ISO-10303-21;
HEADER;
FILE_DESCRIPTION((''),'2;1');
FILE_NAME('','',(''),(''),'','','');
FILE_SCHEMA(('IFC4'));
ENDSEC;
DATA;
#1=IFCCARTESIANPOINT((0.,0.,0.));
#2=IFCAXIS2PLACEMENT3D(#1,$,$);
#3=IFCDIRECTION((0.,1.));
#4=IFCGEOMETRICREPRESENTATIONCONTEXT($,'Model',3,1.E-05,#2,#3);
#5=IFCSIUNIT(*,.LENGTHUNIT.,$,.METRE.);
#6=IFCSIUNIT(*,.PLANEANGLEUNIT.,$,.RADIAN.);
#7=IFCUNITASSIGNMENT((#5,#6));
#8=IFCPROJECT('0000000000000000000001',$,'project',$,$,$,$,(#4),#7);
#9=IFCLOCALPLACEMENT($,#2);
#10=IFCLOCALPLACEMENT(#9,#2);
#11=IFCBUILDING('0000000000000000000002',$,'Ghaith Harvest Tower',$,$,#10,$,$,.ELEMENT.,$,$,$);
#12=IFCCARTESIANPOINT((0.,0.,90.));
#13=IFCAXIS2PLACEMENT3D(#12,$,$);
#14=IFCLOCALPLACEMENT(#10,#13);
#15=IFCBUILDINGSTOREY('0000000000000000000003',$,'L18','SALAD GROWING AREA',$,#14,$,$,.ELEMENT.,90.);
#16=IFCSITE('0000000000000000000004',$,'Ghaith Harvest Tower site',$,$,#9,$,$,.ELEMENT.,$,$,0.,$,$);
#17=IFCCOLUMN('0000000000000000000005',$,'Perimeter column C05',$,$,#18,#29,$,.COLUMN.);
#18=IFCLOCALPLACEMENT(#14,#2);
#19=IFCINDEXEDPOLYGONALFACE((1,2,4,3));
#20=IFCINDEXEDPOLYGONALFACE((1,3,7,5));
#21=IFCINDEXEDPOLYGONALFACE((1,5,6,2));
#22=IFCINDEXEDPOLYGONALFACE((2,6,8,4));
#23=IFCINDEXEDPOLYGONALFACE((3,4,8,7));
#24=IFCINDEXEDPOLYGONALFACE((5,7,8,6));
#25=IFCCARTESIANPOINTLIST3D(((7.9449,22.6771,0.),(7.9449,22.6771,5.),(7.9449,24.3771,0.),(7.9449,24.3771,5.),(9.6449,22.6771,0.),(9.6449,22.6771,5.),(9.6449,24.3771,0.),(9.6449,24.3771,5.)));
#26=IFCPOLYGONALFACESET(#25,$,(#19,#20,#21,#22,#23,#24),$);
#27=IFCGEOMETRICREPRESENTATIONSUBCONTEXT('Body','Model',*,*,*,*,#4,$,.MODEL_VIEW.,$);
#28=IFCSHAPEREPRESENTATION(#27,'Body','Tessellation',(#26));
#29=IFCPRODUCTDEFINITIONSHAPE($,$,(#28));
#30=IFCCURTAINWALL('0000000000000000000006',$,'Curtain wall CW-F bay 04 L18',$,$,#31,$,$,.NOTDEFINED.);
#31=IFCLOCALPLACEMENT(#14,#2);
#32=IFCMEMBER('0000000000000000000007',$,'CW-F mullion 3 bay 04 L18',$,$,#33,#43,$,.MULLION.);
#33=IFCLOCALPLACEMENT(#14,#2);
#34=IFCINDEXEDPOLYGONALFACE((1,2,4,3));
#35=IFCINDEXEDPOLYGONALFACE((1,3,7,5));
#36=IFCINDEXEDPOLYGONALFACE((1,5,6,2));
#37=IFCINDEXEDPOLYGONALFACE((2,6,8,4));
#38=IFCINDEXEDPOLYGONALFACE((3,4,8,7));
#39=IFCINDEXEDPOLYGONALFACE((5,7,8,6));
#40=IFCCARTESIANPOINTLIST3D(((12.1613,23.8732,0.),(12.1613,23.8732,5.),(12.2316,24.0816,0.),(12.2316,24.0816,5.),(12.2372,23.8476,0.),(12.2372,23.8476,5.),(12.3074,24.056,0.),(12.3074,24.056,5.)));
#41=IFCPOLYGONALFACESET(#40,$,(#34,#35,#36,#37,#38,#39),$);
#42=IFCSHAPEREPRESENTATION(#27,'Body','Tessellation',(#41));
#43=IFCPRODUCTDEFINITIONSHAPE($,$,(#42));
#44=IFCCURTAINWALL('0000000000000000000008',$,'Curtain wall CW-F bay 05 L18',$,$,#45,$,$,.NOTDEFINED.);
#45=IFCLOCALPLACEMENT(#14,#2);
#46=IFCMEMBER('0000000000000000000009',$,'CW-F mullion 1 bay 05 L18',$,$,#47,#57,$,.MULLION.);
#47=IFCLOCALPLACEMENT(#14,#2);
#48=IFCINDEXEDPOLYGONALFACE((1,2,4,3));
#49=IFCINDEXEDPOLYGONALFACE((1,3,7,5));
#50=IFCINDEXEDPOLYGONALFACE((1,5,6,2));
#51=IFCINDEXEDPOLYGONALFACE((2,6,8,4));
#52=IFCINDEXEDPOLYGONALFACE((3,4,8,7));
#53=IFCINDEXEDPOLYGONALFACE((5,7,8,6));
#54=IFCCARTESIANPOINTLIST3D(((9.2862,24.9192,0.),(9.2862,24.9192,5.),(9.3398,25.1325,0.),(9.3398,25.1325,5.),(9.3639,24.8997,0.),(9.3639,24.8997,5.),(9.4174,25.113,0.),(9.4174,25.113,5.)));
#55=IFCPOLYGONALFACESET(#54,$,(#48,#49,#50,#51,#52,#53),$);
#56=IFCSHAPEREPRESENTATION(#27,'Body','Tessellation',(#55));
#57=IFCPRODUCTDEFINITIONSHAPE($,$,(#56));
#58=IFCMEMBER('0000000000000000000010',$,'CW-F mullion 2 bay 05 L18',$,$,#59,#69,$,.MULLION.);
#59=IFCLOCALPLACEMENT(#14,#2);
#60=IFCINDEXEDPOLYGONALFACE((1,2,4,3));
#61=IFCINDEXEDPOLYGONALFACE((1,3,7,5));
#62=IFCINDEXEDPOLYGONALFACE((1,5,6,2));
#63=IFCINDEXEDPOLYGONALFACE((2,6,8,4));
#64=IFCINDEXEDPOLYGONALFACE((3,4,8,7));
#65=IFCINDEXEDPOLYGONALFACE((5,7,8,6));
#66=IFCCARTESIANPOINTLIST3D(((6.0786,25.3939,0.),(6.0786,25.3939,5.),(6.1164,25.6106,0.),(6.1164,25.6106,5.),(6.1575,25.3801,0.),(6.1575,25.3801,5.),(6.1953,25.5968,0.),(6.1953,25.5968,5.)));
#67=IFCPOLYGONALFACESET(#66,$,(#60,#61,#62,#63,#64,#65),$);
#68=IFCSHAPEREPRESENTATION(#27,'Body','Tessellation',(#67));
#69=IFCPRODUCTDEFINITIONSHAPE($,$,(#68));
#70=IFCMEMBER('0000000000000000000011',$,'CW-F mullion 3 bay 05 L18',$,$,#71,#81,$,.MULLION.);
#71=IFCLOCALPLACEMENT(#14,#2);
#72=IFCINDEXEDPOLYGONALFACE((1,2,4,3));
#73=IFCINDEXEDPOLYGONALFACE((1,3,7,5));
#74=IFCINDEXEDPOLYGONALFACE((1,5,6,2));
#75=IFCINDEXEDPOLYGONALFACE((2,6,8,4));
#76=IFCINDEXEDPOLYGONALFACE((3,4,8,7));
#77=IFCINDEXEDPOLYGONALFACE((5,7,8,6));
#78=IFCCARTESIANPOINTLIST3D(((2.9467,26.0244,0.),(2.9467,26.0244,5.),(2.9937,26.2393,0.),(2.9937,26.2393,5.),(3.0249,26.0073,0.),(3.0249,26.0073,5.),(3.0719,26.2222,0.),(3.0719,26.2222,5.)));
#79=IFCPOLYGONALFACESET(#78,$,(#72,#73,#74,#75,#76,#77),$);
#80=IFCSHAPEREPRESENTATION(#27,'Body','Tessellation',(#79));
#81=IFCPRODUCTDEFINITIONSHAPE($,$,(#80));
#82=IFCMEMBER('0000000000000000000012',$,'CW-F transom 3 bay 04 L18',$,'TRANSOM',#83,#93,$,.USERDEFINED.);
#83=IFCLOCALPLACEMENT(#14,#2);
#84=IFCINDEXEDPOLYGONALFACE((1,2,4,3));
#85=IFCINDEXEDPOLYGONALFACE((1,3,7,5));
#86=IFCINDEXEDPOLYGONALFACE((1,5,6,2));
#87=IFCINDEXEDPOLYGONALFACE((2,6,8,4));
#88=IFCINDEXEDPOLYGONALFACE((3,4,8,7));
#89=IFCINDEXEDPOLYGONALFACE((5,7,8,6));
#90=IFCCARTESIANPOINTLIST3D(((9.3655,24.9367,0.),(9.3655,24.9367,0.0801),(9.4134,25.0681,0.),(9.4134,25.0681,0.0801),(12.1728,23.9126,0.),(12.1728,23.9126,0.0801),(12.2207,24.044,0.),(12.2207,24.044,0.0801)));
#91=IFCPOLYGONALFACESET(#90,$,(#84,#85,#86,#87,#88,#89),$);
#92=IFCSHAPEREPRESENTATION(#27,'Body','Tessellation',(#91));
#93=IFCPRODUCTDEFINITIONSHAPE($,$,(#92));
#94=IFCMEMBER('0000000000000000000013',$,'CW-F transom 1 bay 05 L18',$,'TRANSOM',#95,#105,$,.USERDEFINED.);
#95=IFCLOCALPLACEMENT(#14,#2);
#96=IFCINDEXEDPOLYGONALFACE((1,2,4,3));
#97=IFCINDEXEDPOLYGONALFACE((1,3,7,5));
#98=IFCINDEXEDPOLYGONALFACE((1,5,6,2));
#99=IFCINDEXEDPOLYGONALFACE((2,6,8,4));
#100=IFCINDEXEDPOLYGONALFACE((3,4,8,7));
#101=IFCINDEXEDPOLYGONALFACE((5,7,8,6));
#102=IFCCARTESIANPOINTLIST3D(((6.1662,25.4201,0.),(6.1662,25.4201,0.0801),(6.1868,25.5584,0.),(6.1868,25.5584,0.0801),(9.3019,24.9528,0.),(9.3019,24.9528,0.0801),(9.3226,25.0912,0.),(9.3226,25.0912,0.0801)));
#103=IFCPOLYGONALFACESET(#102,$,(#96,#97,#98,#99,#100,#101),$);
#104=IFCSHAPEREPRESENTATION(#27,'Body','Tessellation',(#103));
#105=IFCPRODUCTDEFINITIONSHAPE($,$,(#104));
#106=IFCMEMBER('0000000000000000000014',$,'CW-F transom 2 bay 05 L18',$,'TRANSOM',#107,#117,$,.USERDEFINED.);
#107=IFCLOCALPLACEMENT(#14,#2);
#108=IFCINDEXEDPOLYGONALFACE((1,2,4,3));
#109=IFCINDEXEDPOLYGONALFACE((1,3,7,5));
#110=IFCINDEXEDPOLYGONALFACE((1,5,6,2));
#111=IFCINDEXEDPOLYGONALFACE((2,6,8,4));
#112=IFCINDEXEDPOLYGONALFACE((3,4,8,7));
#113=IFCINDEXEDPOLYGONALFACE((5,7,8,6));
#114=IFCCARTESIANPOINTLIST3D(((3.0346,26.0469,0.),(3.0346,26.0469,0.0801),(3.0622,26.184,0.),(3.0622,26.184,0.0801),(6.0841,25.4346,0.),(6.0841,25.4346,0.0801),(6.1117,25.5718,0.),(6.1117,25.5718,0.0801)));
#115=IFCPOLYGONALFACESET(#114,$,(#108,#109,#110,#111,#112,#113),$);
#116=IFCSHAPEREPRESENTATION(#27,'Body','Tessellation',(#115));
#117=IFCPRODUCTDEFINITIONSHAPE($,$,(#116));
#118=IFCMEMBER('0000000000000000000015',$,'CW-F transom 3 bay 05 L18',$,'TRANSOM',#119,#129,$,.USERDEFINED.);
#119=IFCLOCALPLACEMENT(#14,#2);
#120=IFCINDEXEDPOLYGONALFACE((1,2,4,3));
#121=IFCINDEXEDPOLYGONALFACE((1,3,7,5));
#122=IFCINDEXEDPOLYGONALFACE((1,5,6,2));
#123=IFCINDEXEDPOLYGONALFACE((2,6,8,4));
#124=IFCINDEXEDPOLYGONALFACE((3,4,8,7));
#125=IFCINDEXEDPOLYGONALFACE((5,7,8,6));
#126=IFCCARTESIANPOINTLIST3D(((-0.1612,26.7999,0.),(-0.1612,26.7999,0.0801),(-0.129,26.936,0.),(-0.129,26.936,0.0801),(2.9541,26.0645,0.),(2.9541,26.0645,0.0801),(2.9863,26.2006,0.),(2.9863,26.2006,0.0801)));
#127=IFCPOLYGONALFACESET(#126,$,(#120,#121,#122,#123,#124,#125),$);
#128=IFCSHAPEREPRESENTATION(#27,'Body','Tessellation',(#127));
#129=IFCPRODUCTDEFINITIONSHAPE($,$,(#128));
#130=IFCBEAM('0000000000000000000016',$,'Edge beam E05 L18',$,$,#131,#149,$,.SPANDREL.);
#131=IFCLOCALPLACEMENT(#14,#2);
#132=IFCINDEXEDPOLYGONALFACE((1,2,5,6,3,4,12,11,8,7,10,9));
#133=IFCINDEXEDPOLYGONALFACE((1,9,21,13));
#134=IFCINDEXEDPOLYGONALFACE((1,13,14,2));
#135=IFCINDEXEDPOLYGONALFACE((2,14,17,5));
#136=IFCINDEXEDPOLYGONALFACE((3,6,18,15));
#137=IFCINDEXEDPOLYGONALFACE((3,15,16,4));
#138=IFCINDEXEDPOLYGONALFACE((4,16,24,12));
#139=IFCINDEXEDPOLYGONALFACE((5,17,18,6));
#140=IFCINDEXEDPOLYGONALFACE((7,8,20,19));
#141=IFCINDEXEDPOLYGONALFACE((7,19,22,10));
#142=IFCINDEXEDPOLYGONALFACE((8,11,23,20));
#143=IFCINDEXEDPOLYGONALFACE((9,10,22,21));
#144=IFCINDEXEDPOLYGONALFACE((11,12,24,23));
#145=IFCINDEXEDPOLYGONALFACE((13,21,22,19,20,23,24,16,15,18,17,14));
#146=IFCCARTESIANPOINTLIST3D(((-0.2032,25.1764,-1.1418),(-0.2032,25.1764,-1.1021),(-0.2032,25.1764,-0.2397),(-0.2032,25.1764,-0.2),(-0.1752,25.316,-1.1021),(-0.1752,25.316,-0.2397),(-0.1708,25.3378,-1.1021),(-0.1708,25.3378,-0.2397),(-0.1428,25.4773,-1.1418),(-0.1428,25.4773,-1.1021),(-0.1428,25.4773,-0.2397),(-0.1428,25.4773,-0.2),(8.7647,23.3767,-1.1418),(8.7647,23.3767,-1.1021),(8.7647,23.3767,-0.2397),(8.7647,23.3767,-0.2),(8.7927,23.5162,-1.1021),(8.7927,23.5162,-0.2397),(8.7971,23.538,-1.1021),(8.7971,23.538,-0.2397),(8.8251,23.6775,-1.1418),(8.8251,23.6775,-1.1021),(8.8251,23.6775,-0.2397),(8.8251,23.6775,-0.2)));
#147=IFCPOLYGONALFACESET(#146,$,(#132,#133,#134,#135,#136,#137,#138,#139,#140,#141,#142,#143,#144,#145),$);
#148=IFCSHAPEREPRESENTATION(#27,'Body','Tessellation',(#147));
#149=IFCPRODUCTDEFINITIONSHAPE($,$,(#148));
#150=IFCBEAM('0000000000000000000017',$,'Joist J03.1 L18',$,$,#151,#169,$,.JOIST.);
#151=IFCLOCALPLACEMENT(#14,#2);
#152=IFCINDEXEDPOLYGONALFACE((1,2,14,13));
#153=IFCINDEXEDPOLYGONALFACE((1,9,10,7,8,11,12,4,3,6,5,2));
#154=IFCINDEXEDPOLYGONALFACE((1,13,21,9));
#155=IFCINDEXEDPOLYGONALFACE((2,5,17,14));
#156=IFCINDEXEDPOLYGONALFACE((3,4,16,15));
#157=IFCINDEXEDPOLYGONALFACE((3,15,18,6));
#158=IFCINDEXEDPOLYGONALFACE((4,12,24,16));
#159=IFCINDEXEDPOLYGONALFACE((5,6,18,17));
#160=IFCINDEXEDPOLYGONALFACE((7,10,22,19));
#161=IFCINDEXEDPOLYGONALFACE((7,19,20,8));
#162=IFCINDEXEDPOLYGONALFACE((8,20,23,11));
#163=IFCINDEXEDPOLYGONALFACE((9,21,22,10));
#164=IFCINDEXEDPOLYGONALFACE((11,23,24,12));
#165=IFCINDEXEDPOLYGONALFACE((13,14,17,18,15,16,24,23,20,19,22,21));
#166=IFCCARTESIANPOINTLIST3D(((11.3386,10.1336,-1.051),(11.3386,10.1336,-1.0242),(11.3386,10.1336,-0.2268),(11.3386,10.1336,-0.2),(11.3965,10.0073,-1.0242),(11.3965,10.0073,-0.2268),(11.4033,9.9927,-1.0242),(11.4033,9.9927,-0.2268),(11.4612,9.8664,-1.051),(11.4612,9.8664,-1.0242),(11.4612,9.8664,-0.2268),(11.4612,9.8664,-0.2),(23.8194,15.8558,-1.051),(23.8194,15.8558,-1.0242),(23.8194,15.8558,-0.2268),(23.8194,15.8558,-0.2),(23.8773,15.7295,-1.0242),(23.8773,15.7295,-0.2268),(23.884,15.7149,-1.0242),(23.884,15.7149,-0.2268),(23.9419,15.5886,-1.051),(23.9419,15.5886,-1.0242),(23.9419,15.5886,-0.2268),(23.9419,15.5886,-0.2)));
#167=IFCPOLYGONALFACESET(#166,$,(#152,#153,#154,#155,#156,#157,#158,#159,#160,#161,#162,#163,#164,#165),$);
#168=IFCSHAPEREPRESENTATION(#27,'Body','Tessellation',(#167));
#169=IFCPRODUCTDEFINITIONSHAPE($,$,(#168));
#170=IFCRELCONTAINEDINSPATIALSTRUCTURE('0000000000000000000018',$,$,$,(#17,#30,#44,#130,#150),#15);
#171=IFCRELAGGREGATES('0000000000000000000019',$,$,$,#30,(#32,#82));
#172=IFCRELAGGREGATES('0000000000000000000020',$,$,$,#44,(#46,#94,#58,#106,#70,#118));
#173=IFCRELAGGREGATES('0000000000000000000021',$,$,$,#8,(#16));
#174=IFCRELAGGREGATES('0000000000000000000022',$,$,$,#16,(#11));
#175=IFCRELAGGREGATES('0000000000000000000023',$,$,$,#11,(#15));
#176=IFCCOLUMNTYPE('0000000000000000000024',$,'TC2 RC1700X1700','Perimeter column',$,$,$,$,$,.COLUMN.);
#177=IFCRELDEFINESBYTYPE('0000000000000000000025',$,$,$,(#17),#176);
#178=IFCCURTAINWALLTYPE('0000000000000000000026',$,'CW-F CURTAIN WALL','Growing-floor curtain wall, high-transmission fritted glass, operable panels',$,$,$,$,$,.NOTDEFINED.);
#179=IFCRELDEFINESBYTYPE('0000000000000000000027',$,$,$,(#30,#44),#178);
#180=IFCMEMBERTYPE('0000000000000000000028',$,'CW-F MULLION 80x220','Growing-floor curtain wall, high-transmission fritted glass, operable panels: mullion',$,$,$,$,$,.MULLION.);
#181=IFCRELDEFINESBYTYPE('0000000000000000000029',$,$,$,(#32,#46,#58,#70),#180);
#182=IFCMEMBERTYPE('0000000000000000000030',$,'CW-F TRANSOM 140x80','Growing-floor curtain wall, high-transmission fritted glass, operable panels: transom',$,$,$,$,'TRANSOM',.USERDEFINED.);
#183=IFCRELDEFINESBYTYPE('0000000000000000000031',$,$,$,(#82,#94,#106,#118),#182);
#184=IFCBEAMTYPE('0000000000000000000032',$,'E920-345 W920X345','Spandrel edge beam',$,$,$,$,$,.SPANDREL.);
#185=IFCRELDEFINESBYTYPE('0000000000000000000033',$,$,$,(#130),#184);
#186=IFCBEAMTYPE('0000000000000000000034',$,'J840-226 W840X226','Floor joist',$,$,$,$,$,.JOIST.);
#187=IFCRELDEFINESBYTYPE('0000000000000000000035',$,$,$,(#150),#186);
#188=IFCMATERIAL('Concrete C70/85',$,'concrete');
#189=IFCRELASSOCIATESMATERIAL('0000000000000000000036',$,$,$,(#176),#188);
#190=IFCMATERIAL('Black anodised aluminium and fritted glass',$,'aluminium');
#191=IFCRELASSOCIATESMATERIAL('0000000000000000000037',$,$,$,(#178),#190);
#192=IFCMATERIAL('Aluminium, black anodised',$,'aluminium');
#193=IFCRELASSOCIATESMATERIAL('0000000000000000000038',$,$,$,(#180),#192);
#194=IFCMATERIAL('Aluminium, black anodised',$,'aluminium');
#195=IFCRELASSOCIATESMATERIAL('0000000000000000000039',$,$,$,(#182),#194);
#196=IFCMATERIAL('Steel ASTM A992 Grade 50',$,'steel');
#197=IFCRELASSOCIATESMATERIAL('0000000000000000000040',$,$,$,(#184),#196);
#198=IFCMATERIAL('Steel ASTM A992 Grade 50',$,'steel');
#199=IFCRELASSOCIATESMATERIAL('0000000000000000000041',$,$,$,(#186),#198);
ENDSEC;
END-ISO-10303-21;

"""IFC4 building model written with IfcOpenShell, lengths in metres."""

from ifc_helpers import new_model, si_unit, direction, frame, origin, origin_2d, place, context, subcontext, project, spatial, rectangle, i_section, extrude, material, material_profile, profile_set, type_object, element, aggregate, save


model = new_model("IFC4")

# Units and contexts
model_context = context("Model", 3, precision=1e-05, world=origin(), true_north=direction((0.0, 1.0)))
body_context = subcontext(model_context, "Body", "Model", "MODEL_VIEW")
ifc_project = project(units=[si_unit("LENGTHUNIT", "METRE"), si_unit("PLANEANGLEUNIT", "RADIAN")], contexts=[model_context])

# Site, building, storey
site_placement = place(None, origin())
site = spatial("IfcSite", under=ifc_project, at=site_placement, Name="Ghaith Harvest Tower site", CompositionType="ELEMENT", RefElevation=0.0)
building_placement = place(site_placement, origin())
building = spatial("IfcBuilding", under=site, at=building_placement, Name="Ghaith Harvest Tower", CompositionType="ELEMENT")
storey_placement = place(building_placement, frame((0.0, 0.0, 90.0)))
storey = spatial("IfcBuildingStorey", under=building, at=storey_placement, Name="L18", Description="SALAD GROWING AREA", CompositionType="ELEMENT", Elevation=90.0)

# Column
ifc_material_1 = material(Name="Concrete C70/85", Category="concrete")
ifc_material_profile_1 = material_profile(ifc_material_1, rectangle(XDim=1.7, YDim=1.7, at=origin_2d()), Name="RC1700X1700")
ifc_profile_set_1 = profile_set([ifc_material_profile_1], Name="Concrete C70/85")
column_type = type_object("IfcColumnType", Name="TC2 RC1700X1700", Description="Perimeter column", PredefinedType="COLUMN", material=ifc_profile_set_1)
column_placement = place(storey_placement, frame((8.7949, 23.5271, 0.0), z_axis=(0.0, 0.0, 1.0), x_axis=(1.0, 0.0, 0.0)))
element("IfcColumn", 1, at=column_placement, inside=storey, type_object=column_type, Name="Perimeter column C05", PredefinedType="COLUMN", context=body_context, shape_type="SweptSolid", body=[
    extrude(rectangle(XDim=1.7, YDim=1.7, at=origin_2d()), origin(), (0.0, 0.0, 1.0), 5.0),
])

# Curtain wall, member
ifc_material_2 = material(Name="Black anodised aluminium and fritted glass", Category="aluminium")
curtain_wall_type = type_object("IfcCurtainWallType", Name="CW-F CURTAIN WALL", Description="Growing-floor curtain wall, high-transmission fritted glass, operable panels", PredefinedType="NOTDEFINED", material=ifc_material_2)
curtain_wall_1_placement = place(storey_placement, origin())
curtain_wall_1 = element("IfcCurtainWall", 2, at=curtain_wall_1_placement, inside=storey, type_object=curtain_wall_type, Name="Curtain wall CW-F bay 04 L18", PredefinedType="NOTDEFINED")
ifc_material_3 = material(Name="Aluminium, black anodised", Category="aluminium")
ifc_material_profile_2 = material_profile(ifc_material_3, rectangle(XDim=0.0801, YDim=0.22, at=origin_2d()), Name="CW-F MULLION 80x220")
ifc_profile_set_2 = profile_set([ifc_material_profile_2], Name="Aluminium, black anodised")
member_type_1 = type_object("IfcMemberType", Name="CW-F MULLION 80x220", Description="Growing-floor curtain wall, high-transmission fritted glass, operable panels: mullion", PredefinedType="MULLION", material=ifc_profile_set_2)
member_1_placement = place(storey_placement, frame((12.2344, 23.9646, 0.0), z_axis=(0.0, 0.0, 1.0), x_axis=(-0.947653, 0.319301, 0.0)))
member_1 = element("IfcMember", 3, at=member_1_placement, type_object=member_type_1, Name="CW-F mullion 3 bay 04 L18", PredefinedType="MULLION", context=body_context, shape_type="SweptSolid", body=[
    extrude(rectangle(XDim=0.0801, YDim=0.22, at=origin_2d()), origin(), (0.0, 0.0, 1.0), 5.0),
])

# Curtain wall, members
curtain_wall_2_placement = place(storey_placement, origin())
curtain_wall_2 = element("IfcCurtainWall", 4, at=curtain_wall_2_placement, inside=storey, type_object=curtain_wall_type, Name="Curtain wall CW-F bay 05 L18", PredefinedType="NOTDEFINED")
member_2_placement = place(storey_placement, frame((9.3518, 25.0161, 0.0), z_axis=(0.0, 0.0, 1.0), x_axis=(-0.969903, 0.24349, 0.0)))
member_2 = element("IfcMember", 5, at=member_2_placement, type_object=member_type_1, Name="CW-F mullion 1 bay 05 L18", PredefinedType="MULLION", context=body_context, shape_type="SweptSolid", body=[
    extrude(rectangle(XDim=0.0801, YDim=0.22, at=origin_2d()), origin(), (0.0, 0.0, 1.0), 5.0),
])
member_3_placement = place(storey_placement, frame((6.137, 25.4954, 0.0), z_axis=(0.0, 0.0, 1.0), x_axis=(-0.985104, 0.171961, 0.0)))
member_3 = element("IfcMember", 6, at=member_3_placement, type_object=member_type_1, Name="CW-F mullion 2 bay 05 L18", PredefinedType="MULLION", context=body_context, shape_type="SweptSolid", body=[
    extrude(rectangle(XDim=0.0801, YDim=0.22, at=origin_2d()), origin(), (0.0, 0.0, 1.0), 5.0),
])
member_4_placement = place(storey_placement, frame((3.0093, 26.1233, 0.0), z_axis=(0.0, 0.0, 1.0), x_axis=(-0.976927, 0.213572, 0.0)))
member_4 = element("IfcMember", 7, at=member_4_placement, type_object=member_type_1, Name="CW-F mullion 3 bay 05 L18", PredefinedType="MULLION", context=body_context, shape_type="SweptSolid", body=[
    extrude(rectangle(XDim=0.0801, YDim=0.22, at=origin_2d()), origin(), (0.0, 0.0, 1.0), 5.0),
])

# Members
ifc_material_4 = material(Name="Aluminium, black anodised", Category="aluminium")
ifc_material_profile_3 = material_profile(ifc_material_4, rectangle(XDim=0.1399, YDim=0.0801, at=origin_2d()), Name="CW-F TRANSOM 140x80")
ifc_profile_set_3 = profile_set([ifc_material_profile_3], Name="Aluminium, black anodised")
member_type_2 = type_object("IfcMemberType", Name="CW-F TRANSOM 140x80", Description="Growing-floor curtain wall, high-transmission fritted glass, operable panels: transom", ElementType="TRANSOM", PredefinedType="USERDEFINED", material=ifc_profile_set_3)
member_5_placement = place(storey_placement, frame((12.1968, 23.9783, 0.04), z_axis=(-0.939438, 0.34272, 0.0), x_axis=(-0.34272, -0.939438, 0.0)))
member_5 = element("IfcMember", 8, at=member_5_placement, type_object=member_type_2, Name="CW-F transom 3 bay 04 L18", ObjectType="TRANSOM", PredefinedType="USERDEFINED", context=body_context, shape_type="SweptSolid", body=[
    extrude(rectangle(XDim=0.1399, YDim=0.0801, at=origin_2d()), origin(), (0.0, 0.0, 1.0), 2.9883),
])
member_6_placement = place(storey_placement, frame((9.3123, 25.022, 0.04), z_axis=(-0.989078, 0.147391, 0.0), x_axis=(-0.147391, -0.989078, 0.0)))
member_6 = element("IfcMember", 9, at=member_6_placement, type_object=member_type_2, Name="CW-F transom 1 bay 05 L18", ObjectType="TRANSOM", PredefinedType="USERDEFINED", context=body_context, shape_type="SweptSolid", body=[
    extrude(rectangle(XDim=0.1399, YDim=0.0801, at=origin_2d()), origin(), (0.0, 0.0, 1.0), 3.1704),
])
member_7_placement = place(storey_placement, frame((6.0979, 25.5032, 0.04), z_axis=(-0.980432, 0.196856, 0.0), x_axis=(-0.196856, -0.980432, 0.0)))
member_7 = element("IfcMember", 10, at=member_7_placement, type_object=member_type_2, Name="CW-F transom 2 bay 05 L18", ObjectType="TRANSOM", PredefinedType="USERDEFINED", context=body_context, shape_type="SweptSolid", body=[
    extrude(rectangle(XDim=0.1399, YDim=0.0801, at=origin_2d()), origin(), (0.0, 0.0, 1.0), 3.1104),
])
member_8_placement = place(storey_placement, frame((2.9702, 26.1326, 0.04), z_axis=(-0.973253, 0.229736, 0.0), x_axis=(-0.229736, -0.973253, 0.0)))
member_8 = element("IfcMember", 11, at=member_8_placement, type_object=member_type_2, Name="CW-F transom 3 bay 05 L18", ObjectType="TRANSOM", PredefinedType="USERDEFINED", context=body_context, shape_type="SweptSolid", body=[
    extrude(rectangle(XDim=0.1399, YDim=0.0801, at=origin_2d()), origin(), (0.0, 0.0, 1.0), 3.2009),
])

# Beams
ifc_material_5 = material(Name="Steel ASTM A992 Grade 50", Category="steel")
ifc_material_profile_4 = material_profile(ifc_material_5, i_section(OverallWidth=0.3069, OverallDepth=0.9419, WebThickness=0.0222, FlangeThickness=0.0398, at=origin_2d()), Name="W920X345")
ifc_profile_set_4 = profile_set([ifc_material_profile_4], Name="Steel ASTM A992 Grade 50")
beam_type_1 = type_object("IfcBeamType", Name="E920-345 W920X345", Description="Spandrel edge beam", PredefinedType="SPANDREL", material=ifc_profile_set_4)
beam_1_placement = place(storey_placement, frame((8.7949, 23.5271, -0.6709), z_axis=(-0.98045, 0.196768, 0.0), x_axis=(-0.196768, -0.98045, 0.0)))
element("IfcBeam", 12, at=beam_1_placement, inside=storey, type_object=beam_type_1, Name="Edge beam E05 L18", PredefinedType="SPANDREL", context=body_context, shape_type="SweptSolid", body=[
    extrude(i_section(OverallWidth=0.3069, OverallDepth=0.9419, WebThickness=0.0222, FlangeThickness=0.0398, at=origin_2d()), origin(), (0.0, 0.0, 1.0), 9.1467),
])
ifc_material_6 = material(Name="Steel ASTM A992 Grade 50", Category="steel")
ifc_material_profile_5 = material_profile(ifc_material_6, i_section(OverallWidth=0.2939, OverallDepth=0.8511, WebThickness=0.0161, FlangeThickness=0.0269, at=origin_2d()), Name="W840X226")
ifc_profile_set_5 = profile_set([ifc_material_profile_5], Name="Steel ASTM A992 Grade 50")
beam_type_2 = type_object("IfcBeamType", Name="J840-226 W840X226", Description="Floor joist", PredefinedType="JOIST", material=ifc_profile_set_5)
beam_2_placement = place(storey_placement, frame((11.3999, 10.0, -0.6255), z_axis=(0.909014, 0.416766, 0.0), x_axis=(-0.416766, 0.909014, 0.0)))
element("IfcBeam", 13, at=beam_2_placement, inside=storey, type_object=beam_type_2, Name="Joist J03.1 L18", PredefinedType="JOIST", context=body_context, shape_type="SweptSolid", body=[
    extrude(i_section(OverallWidth=0.2939, OverallDepth=0.8511, WebThickness=0.0161, FlangeThickness=0.0269, at=origin_2d()), origin(), (0.0, 0.0, 1.0), 13.73),
])

aggregate(curtain_wall_1, [member_1, member_5])
aggregate(curtain_wall_2, [member_2, member_6, member_3, member_7, member_4, member_8])

save(model, "model.ifc")
